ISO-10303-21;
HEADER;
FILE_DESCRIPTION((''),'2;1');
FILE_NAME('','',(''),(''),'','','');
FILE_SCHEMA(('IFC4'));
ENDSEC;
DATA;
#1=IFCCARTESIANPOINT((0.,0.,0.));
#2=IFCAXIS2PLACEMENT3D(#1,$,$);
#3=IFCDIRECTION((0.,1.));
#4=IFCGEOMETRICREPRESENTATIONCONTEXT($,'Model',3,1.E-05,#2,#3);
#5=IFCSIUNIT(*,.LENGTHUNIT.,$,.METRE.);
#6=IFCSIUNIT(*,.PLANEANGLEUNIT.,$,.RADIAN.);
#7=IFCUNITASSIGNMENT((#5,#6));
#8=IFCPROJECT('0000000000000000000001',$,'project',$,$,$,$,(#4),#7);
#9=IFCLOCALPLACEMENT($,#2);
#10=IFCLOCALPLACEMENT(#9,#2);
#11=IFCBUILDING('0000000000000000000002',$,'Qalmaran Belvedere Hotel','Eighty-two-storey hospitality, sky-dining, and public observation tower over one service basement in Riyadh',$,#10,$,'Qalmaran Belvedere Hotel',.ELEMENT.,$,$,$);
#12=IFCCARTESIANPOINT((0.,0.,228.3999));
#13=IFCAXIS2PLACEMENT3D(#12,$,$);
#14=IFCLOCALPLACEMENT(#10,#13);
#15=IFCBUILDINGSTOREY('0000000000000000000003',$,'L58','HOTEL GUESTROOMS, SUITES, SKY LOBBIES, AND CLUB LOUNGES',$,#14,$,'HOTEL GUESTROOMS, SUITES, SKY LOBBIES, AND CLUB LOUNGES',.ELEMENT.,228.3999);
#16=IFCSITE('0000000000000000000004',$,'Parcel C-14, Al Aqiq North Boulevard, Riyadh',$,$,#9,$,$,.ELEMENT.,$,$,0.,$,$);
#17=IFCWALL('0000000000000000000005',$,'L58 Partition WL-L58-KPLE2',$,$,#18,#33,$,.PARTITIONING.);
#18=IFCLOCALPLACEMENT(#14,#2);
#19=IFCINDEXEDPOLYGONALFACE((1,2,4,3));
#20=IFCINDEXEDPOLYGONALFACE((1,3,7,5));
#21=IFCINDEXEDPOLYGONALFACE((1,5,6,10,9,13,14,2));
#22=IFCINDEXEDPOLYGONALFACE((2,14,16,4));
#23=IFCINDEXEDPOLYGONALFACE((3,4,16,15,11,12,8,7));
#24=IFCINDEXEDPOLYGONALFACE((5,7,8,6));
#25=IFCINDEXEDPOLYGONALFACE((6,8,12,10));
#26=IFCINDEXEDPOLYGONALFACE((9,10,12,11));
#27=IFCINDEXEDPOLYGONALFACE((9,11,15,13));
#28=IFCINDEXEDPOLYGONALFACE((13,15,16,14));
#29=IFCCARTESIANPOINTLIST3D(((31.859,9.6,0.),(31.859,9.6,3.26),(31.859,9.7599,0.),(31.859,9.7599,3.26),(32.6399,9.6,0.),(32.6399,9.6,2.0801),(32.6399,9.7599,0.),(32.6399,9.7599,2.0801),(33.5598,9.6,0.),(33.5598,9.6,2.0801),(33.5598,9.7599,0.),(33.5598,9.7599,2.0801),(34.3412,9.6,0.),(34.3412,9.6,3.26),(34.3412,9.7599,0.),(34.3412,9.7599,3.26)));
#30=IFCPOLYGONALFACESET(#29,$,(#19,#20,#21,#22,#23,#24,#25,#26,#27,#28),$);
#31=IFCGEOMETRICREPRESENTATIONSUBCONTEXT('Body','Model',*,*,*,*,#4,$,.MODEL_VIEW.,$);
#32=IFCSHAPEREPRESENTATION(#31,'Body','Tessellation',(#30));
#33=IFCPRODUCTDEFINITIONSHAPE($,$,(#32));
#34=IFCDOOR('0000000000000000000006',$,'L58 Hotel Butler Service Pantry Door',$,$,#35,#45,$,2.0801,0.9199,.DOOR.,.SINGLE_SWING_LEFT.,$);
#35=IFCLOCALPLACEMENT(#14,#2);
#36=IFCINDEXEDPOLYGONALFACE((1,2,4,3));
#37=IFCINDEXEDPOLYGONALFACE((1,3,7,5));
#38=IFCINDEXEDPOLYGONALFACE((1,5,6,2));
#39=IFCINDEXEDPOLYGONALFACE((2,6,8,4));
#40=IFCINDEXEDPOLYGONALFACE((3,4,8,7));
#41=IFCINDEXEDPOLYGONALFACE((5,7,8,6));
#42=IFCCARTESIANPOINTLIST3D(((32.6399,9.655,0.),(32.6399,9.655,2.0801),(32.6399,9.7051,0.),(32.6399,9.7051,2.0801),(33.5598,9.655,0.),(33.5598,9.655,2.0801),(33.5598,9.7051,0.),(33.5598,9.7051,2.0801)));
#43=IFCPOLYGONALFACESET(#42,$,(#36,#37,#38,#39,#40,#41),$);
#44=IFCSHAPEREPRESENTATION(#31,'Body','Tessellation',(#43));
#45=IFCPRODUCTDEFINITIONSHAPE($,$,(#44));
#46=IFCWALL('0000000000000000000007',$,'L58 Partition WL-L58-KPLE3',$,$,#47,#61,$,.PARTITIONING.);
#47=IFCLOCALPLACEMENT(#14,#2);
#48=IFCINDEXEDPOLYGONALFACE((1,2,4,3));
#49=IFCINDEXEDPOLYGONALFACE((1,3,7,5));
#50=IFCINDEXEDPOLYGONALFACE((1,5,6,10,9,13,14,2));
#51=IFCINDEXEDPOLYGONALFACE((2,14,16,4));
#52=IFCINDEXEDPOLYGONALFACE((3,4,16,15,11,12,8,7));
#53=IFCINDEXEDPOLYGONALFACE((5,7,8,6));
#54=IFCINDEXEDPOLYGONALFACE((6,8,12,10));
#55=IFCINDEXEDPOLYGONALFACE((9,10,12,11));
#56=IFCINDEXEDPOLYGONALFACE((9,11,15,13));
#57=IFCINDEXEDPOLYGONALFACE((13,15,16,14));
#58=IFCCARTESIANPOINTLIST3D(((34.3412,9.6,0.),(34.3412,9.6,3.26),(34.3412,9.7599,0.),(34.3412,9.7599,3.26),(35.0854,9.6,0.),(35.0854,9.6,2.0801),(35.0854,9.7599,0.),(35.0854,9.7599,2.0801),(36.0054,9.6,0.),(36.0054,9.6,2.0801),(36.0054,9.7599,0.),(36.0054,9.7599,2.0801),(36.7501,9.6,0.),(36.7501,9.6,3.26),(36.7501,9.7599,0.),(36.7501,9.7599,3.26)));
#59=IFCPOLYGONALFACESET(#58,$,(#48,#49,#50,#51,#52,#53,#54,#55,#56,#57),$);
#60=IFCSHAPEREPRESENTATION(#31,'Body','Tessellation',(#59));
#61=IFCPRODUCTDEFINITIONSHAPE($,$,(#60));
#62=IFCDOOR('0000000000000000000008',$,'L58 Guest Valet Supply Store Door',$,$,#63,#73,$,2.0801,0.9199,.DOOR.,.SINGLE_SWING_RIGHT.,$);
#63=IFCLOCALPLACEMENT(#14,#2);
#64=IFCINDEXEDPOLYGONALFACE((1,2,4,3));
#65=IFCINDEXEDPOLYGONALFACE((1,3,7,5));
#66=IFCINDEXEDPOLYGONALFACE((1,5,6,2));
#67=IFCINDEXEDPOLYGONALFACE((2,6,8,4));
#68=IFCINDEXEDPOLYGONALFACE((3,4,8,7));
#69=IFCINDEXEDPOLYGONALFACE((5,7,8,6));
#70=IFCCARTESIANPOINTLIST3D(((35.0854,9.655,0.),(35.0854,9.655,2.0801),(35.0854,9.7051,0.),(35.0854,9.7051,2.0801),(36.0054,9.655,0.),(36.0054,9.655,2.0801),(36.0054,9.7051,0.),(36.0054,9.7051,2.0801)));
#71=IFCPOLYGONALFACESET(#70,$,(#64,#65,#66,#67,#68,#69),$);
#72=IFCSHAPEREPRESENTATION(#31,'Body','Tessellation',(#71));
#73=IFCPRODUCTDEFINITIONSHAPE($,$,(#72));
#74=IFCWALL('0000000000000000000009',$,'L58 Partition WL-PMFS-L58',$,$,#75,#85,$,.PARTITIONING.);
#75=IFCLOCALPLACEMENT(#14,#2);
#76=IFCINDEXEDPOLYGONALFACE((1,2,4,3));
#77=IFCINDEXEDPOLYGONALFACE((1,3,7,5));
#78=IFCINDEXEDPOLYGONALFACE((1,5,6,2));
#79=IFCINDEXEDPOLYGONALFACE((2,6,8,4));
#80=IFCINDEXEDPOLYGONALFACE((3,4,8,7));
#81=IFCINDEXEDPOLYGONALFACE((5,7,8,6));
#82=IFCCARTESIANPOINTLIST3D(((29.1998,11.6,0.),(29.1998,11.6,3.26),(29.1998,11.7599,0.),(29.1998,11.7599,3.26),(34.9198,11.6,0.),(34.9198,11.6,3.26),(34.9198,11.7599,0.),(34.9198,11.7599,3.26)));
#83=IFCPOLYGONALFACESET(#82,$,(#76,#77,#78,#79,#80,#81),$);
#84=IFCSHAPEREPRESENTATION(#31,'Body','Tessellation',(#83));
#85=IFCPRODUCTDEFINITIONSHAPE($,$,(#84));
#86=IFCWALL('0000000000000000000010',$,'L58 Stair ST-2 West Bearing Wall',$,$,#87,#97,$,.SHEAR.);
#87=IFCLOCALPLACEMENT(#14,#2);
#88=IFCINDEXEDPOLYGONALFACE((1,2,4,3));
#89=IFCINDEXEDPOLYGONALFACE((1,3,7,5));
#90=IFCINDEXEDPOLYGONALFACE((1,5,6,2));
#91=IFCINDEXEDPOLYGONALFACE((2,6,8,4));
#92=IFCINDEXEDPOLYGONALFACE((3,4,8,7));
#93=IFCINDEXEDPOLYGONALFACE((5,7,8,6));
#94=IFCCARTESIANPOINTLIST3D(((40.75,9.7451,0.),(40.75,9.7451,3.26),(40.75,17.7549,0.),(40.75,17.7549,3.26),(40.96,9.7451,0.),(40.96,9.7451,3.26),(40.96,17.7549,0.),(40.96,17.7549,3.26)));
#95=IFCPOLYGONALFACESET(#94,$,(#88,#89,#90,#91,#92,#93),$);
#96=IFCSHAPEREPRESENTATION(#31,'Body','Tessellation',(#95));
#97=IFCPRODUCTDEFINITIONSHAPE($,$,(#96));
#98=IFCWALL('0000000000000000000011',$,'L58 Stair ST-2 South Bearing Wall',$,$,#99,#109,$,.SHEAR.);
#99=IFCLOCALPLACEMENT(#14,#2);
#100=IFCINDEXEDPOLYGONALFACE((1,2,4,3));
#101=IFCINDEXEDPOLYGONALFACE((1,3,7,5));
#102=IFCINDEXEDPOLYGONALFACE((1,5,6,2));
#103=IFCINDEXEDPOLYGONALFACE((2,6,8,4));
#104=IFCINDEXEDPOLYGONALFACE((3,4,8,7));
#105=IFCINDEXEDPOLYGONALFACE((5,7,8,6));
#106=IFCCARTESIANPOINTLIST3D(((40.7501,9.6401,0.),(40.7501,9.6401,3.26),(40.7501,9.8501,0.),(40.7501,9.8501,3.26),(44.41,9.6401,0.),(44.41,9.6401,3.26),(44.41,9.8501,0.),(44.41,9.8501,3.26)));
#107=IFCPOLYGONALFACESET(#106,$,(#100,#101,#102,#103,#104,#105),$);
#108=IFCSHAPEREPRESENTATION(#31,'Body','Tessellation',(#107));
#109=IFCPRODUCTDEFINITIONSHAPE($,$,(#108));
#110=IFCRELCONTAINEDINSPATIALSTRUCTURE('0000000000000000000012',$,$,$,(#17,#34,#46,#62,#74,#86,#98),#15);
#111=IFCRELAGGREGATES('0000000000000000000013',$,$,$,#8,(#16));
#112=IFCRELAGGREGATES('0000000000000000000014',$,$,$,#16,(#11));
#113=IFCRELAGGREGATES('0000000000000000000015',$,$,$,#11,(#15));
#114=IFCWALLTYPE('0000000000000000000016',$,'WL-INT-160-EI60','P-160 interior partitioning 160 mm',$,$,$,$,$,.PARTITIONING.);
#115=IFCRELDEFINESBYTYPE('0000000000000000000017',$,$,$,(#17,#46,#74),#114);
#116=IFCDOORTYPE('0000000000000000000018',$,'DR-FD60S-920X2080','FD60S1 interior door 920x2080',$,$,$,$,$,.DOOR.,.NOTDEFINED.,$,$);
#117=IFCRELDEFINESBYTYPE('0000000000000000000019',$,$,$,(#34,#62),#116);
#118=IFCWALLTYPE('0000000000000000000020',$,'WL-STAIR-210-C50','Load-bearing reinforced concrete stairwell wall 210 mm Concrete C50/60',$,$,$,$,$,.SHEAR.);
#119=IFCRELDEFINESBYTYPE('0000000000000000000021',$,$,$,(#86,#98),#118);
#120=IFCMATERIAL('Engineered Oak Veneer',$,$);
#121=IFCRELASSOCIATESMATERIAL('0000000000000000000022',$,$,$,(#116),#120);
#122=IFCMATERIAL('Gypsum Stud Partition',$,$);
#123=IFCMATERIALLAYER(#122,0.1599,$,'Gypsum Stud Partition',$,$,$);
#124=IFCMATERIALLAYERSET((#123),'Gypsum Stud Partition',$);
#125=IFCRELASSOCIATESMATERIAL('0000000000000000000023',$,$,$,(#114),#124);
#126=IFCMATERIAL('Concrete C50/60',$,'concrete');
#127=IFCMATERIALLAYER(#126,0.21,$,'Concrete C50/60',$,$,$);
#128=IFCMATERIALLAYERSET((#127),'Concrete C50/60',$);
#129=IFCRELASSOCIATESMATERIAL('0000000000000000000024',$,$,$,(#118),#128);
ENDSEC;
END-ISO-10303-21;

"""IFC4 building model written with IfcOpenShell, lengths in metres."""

from ifc_helpers import new_model, si_unit, direction, frame, frame_2d, origin, place, context, subcontext, project, spatial, rectangle, extrude, material, layer, layer_set, type_object, element, fill, save


model = new_model("IFC4")

# Units and contexts
model_context = context("Model", 3, precision=1e-05, world=origin(), true_north=direction((0.0, 1.0)))
body_context = subcontext(model_context, "Body", "Model", "MODEL_VIEW")
ifc_project = project(units=[si_unit("LENGTHUNIT", "METRE"), si_unit("PLANEANGLEUNIT", "RADIAN")], contexts=[model_context])

# Site, building, storey
site_placement = place(None, origin())
site = spatial("IfcSite", under=ifc_project, at=site_placement, Name="Parcel C-14, Al Aqiq North Boulevard, Riyadh", CompositionType="ELEMENT", RefElevation=0.0)
building_placement = place(site_placement, origin())
building = spatial("IfcBuilding", under=site, at=building_placement, Name="Qalmaran Belvedere Hotel", Description="Eighty-two-storey hospitality, sky-dining, and public observation tower over one service basement in Riyadh", LongName="Qalmaran Belvedere Hotel", CompositionType="ELEMENT")
storey_placement = place(building_placement, frame((0.0, 0.0, 228.3999)))
storey = spatial("IfcBuildingStorey", under=building, at=storey_placement, Name="L58", Description="HOTEL GUESTROOMS, SUITES, SKY LOBBIES, AND CLUB LOUNGES", LongName="HOTEL GUESTROOMS, SUITES, SKY LOBBIES, AND CLUB LOUNGES", CompositionType="ELEMENT", Elevation=228.3999)

# Shared definitions
ifc_material_1 = material(Name="Concrete C50/60", Category="concrete")

# Shared definitions
ifc_material_2 = material(Name="Gypsum Stud Partition")

# Shared definitions
ifc_material_3 = material(Name="Engineered Oak Veneer")
door_type_1 = type_object("IfcDoorType", Name="DR-FD60S-920X2080", Description="FD60S1 interior door 920x2080", OperationType="NOTDEFINED", PredefinedType="DOOR", material=ifc_material_3)
ifc_layer_1 = layer(ifc_material_2, 0.1599, Name="Gypsum Stud Partition")
ifc_layer_set_1 = layer_set([ifc_layer_1], Name="Gypsum Stud Partition")
wall_type_1 = type_object("IfcWallType", Name="WL-INT-160-EI60", Description="P-160 interior partitioning 160 mm", PredefinedType="PARTITIONING", material=ifc_layer_set_1)

# Walls, openings, doors
wall_1_placement = place(storey_placement, frame((31.8589, 9.6799, 0.0), z_axis=(0.0, 0.0, 1.0), x_axis=(1.0, 0.0, 0.0)))
wall_1 = element("IfcWall", 1, at=wall_1_placement, inside=storey, type_object=wall_type_1, Name="L58 Partition WL-L58-KPLE2", PredefinedType="PARTITIONING", context=body_context, shape_type="SweptSolid", body=[
    extrude(rectangle(XDim=2.4822, YDim=0.1599, at=frame_2d((1.2412, 0.0))), origin(), (0.0, 0.0, 1.0), 3.26),
])
opening_1_placement = place(wall_1_placement, frame((1.7009, 0.0, 0.0), z_axis=(0.0, 0.0, 1.0), x_axis=(-1.0, 0.0, 0.0)))
opening_1 = element("IfcOpeningElement", 2, at=opening_1_placement, cuts=wall_1, PredefinedType="OPENING", context=body_context, shape_type="SweptSolid", body=[
    extrude(rectangle(XDim=0.9199, YDim=2.0801, at=frame_2d((0.46, 1.04))), frame((0.0, 0.0898, 0.0), z_axis=(0.0, -1.0, 0.0), x_axis=(1.0, 0.0, 0.0)), (0.0, 0.0, 1.0), 0.1799),
])
door_1_placement = place(opening_1_placement, origin())
door_1 = element("IfcDoor", 3, at=door_1_placement, inside=storey, type_object=door_type_1, Name="L58 Hotel Butler Service Pantry Door", OperationType="SINGLE_SWING_LEFT", OverallHeight=2.0801, OverallWidth=0.9199, PredefinedType="DOOR", context=body_context, shape_type="SweptSolid", body=[
    extrude(rectangle(XDim=0.9199, YDim=2.0801, at=frame_2d((0.46, 1.04))), frame((0.0, 0.0249, 0.0), z_axis=(0.0, -1.0, 0.0), x_axis=(1.0, 0.0, 0.0)), (0.0, 0.0, 1.0), 0.05),
])
fill(opening_1, door_1)
wall_2_placement = place(storey_placement, frame((34.3411, 9.6799, 0.0), z_axis=(0.0, 0.0, 1.0), x_axis=(1.0, 0.0, 0.0)))
wall_2 = element("IfcWall", 4, at=wall_2_placement, inside=storey, type_object=wall_type_1, Name="L58 Partition WL-L58-KPLE3", PredefinedType="PARTITIONING", context=body_context, shape_type="SweptSolid", body=[
    extrude(rectangle(XDim=2.4089, YDim=0.1599, at=frame_2d((1.2046, 0.0))), origin(), (0.0, 0.0, 1.0), 3.26),
])
opening_2_placement = place(wall_2_placement, frame((1.6643, 0.0, 0.0), z_axis=(0.0, 0.0, 1.0), x_axis=(-1.0, 0.0, 0.0)))
opening_2 = element("IfcOpeningElement", 5, at=opening_2_placement, cuts=wall_2, PredefinedType="OPENING", context=body_context, shape_type="SweptSolid", body=[
    extrude(rectangle(XDim=0.9199, YDim=2.0801, at=frame_2d((0.46, 1.04))), frame((0.0, 0.0898, 0.0), z_axis=(0.0, -1.0, 0.0), x_axis=(1.0, 0.0, 0.0)), (0.0, 0.0, 1.0), 0.1799),
])
door_2_placement = place(opening_2_placement, origin())
door_2 = element("IfcDoor", 6, at=door_2_placement, inside=storey, type_object=door_type_1, Name="L58 Guest Valet Supply Store Door", OperationType="SINGLE_SWING_RIGHT", OverallHeight=2.0801, OverallWidth=0.9199, PredefinedType="DOOR", context=body_context, shape_type="SweptSolid", body=[
    extrude(rectangle(XDim=0.9199, YDim=2.0801, at=frame_2d((0.46, 1.04))), frame((0.0, 0.0249, 0.0), z_axis=(0.0, -1.0, 0.0), x_axis=(1.0, 0.0, 0.0)), (0.0, 0.0, 1.0), 0.05),
])
fill(opening_2, door_2)

# Walls
wall_3_placement = place(storey_placement, frame((29.2, 11.6799, 0.0), z_axis=(0.0, 0.0, 1.0), x_axis=(1.0, 0.0, 0.0)))
element("IfcWall", 7, at=wall_3_placement, inside=storey, type_object=wall_type_1, Name="L58 Partition WL-PMFS-L58", PredefinedType="PARTITIONING", context=body_context, shape_type="SweptSolid", body=[
    extrude(rectangle(XDim=5.72, YDim=0.1599, at=frame_2d((2.8599, 0.0))), origin(), (0.0, 0.0, 1.0), 3.26),
])
ifc_layer_2 = layer(ifc_material_1, 0.21, Name="Concrete C50/60")
ifc_layer_set_2 = layer_set([ifc_layer_2], Name="Concrete C50/60")
wall_type_2 = type_object("IfcWallType", Name="WL-STAIR-210-C50", Description="Load-bearing reinforced concrete stairwell wall 210 mm Concrete C50/60", PredefinedType="SHEAR", material=ifc_layer_set_2)
wall_4_placement = place(storey_placement, frame((40.855, 9.7451, 0.0), z_axis=(0.0, 0.0, 1.0), x_axis=(0.0, 1.0, 0.0)))
element("IfcWall", 8, at=wall_4_placement, inside=storey, type_object=wall_type_2, Name="L58 Stair ST-2 West Bearing Wall", PredefinedType="SHEAR", context=body_context, shape_type="SweptSolid", body=[
    extrude(rectangle(XDim=8.0098, YDim=0.21, at=frame_2d((4.0049, 0.0))), origin(), (0.0, 0.0, 1.0), 3.26),
])
wall_5_placement = place(storey_placement, frame((40.75, 9.7451, 0.0), z_axis=(0.0, 0.0, 1.0), x_axis=(1.0, 0.0, 0.0)))
element("IfcWall", 9, at=wall_5_placement, inside=storey, type_object=wall_type_2, Name="L58 Stair ST-2 South Bearing Wall", PredefinedType="SHEAR", context=body_context, shape_type="SweptSolid", body=[
    extrude(rectangle(XDim=3.6599, YDim=0.21, at=frame_2d((1.8301, 0.0))), origin(), (0.0, 0.0, 1.0), 3.26),
])

save(model, "model.ifc")
